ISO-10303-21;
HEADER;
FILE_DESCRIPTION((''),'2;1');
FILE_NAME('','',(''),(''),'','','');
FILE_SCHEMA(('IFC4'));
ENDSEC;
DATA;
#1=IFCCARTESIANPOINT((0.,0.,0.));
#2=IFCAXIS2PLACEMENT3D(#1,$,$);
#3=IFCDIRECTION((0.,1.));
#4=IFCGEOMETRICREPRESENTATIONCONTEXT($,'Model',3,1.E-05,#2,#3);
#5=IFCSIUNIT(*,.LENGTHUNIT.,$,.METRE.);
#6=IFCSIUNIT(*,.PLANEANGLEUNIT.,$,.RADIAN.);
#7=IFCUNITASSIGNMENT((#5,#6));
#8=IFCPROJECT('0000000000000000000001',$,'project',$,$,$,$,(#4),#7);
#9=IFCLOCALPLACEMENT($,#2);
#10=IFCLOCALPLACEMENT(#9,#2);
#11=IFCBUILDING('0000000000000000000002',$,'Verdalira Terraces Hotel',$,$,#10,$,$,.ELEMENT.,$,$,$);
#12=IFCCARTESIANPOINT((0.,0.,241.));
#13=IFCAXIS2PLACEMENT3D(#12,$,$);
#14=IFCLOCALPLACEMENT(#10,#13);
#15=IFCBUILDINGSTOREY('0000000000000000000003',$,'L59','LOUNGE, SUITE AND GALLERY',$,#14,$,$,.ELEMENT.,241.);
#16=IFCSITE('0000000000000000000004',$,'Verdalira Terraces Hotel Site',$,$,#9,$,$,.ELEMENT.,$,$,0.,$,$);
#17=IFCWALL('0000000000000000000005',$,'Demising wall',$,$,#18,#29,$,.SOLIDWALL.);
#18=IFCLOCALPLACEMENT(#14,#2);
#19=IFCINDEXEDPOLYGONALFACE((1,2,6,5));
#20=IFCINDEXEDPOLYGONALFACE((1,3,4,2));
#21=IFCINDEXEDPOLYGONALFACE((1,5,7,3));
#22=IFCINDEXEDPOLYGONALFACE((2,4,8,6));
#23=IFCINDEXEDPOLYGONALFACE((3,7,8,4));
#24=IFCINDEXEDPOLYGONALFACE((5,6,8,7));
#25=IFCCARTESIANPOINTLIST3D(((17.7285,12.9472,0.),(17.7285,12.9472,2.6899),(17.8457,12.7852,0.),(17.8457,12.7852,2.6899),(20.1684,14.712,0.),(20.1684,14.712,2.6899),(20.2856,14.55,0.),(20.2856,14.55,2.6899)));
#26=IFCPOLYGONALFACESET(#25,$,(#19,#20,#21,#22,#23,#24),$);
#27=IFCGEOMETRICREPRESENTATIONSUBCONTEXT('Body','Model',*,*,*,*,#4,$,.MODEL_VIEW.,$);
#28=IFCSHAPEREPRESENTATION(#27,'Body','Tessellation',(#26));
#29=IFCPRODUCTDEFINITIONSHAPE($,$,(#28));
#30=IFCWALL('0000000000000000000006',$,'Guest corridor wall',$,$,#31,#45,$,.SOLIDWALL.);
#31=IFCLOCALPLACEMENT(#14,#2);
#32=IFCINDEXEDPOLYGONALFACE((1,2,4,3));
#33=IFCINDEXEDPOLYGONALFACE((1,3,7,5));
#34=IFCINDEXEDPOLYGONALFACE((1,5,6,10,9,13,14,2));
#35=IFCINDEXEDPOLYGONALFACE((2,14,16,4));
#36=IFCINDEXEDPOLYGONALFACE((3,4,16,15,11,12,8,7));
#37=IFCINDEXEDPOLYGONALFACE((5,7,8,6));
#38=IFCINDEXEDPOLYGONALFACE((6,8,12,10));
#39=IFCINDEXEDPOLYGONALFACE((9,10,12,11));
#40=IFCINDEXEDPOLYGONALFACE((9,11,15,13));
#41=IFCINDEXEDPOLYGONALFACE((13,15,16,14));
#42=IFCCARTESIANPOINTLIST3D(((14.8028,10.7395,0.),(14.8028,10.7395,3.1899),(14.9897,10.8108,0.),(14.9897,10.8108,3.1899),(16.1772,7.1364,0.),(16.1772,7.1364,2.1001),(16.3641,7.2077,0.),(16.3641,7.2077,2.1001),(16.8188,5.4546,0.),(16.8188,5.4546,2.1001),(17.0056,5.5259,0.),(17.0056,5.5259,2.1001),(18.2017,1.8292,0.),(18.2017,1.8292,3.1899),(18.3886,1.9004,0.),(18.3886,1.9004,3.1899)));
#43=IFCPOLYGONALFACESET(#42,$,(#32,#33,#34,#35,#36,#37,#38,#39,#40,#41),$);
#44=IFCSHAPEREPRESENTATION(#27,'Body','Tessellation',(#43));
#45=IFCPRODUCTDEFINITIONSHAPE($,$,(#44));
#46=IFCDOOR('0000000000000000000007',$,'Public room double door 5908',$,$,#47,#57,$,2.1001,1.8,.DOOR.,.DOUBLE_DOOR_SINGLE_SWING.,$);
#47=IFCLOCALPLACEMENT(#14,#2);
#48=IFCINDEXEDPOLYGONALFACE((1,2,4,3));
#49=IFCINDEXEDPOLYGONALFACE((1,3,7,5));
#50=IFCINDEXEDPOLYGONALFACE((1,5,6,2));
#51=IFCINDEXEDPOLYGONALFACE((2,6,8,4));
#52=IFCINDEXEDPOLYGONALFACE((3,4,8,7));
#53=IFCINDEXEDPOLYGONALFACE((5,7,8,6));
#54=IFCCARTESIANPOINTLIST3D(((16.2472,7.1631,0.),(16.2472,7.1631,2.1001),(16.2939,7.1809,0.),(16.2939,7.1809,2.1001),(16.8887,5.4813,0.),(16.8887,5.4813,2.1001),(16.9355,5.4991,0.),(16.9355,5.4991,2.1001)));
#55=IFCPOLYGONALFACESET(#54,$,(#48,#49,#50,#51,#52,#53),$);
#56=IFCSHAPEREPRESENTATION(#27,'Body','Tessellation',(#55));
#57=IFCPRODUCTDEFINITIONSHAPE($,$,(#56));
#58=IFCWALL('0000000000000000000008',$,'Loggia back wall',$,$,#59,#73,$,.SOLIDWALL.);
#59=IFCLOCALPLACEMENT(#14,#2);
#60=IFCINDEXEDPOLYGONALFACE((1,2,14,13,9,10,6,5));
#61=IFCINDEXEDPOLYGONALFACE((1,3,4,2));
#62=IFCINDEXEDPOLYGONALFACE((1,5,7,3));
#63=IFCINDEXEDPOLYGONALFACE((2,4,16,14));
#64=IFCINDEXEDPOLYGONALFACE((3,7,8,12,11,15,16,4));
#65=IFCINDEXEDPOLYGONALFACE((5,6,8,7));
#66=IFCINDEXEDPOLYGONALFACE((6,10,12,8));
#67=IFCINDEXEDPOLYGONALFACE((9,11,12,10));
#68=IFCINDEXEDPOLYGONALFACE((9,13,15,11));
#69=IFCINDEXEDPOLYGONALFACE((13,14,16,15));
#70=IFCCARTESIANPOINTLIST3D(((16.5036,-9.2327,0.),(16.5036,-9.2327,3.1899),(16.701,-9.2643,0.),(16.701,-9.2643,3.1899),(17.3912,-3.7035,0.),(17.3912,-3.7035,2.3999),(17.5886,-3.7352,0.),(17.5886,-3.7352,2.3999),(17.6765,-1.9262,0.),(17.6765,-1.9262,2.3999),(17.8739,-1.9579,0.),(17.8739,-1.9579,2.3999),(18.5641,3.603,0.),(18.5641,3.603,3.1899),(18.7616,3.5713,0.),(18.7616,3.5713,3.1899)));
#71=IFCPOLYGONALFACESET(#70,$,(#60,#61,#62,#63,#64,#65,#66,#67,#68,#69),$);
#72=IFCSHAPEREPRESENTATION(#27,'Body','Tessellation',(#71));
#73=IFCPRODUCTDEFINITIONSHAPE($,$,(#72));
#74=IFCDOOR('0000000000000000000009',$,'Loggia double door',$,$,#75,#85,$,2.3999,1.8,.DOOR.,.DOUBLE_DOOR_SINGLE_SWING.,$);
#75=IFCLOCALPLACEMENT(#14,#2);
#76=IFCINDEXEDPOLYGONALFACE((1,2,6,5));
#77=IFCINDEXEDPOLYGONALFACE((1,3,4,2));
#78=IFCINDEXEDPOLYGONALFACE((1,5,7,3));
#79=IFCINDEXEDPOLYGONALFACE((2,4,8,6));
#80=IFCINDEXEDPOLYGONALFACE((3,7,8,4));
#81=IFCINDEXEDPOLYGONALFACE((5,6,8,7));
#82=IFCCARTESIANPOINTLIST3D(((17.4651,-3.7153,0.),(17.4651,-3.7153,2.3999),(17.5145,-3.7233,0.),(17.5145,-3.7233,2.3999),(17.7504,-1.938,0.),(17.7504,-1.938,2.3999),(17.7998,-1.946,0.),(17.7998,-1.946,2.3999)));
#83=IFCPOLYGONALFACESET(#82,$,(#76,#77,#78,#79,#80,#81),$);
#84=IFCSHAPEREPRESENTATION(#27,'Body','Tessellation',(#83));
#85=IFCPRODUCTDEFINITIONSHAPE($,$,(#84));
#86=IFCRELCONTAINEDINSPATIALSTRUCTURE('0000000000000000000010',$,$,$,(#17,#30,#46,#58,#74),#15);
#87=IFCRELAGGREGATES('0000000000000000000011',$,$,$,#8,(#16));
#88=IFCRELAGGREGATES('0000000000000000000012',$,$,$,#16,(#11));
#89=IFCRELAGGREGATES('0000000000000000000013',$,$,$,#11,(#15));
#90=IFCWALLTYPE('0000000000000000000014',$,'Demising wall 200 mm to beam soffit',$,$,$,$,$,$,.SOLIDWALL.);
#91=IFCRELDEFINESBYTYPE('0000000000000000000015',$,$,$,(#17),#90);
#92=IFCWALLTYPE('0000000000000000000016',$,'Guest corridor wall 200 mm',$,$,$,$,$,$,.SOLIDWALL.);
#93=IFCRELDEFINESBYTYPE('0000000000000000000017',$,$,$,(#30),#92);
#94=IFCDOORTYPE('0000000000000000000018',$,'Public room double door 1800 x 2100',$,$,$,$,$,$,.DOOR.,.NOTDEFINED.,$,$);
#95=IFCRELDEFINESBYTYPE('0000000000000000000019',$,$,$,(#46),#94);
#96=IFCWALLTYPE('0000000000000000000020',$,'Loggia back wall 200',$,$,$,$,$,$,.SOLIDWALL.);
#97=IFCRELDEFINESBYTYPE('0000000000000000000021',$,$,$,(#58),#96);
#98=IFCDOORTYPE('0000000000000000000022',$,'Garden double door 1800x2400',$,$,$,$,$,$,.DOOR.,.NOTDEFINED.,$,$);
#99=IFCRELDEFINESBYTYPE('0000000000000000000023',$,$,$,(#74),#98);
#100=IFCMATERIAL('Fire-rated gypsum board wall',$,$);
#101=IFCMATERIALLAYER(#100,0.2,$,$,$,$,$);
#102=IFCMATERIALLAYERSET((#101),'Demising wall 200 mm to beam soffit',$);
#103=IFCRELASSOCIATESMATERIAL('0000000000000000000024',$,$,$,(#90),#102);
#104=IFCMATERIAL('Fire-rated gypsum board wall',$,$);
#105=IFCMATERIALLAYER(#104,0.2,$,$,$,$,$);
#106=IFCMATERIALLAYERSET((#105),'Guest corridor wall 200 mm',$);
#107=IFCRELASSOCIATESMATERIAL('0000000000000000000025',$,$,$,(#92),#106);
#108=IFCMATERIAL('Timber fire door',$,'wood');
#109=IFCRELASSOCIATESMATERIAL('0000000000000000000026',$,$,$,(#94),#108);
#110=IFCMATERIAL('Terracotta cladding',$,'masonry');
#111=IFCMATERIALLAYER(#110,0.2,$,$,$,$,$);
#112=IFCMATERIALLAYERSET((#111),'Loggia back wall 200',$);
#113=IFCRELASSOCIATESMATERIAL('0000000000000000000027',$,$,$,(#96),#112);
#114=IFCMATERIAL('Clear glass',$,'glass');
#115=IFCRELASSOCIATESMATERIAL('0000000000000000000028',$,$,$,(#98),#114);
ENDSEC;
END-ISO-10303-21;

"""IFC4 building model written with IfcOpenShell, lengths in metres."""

from ifc_helpers import new_model, si_unit, direction, frame, frame_2d, origin, place, context, subcontext, project, spatial, rectangle, extrude, material, layer, layer_set, type_object, element, fill, save


model = new_model("IFC4")

# Units and contexts
model_context = context("Model", 3, precision=1e-05, world=origin(), true_north=direction((0.0, 1.0)))
body_context = subcontext(model_context, "Body", "Model", "MODEL_VIEW")
ifc_project = project(units=[si_unit("LENGTHUNIT", "METRE"), si_unit("PLANEANGLEUNIT", "RADIAN")], contexts=[model_context])

# Site, building, storey
site_placement = place(None, origin())
site = spatial("IfcSite", under=ifc_project, at=site_placement, Name="Verdalira Terraces Hotel Site", CompositionType="ELEMENT", RefElevation=0.0)
building_placement = place(site_placement, origin())
building = spatial("IfcBuilding", under=site, at=building_placement, Name="Verdalira Terraces Hotel", CompositionType="ELEMENT")
storey_placement = place(building_placement, frame((0.0, 0.0, 241.0)))
storey = spatial("IfcBuildingStorey", under=building, at=storey_placement, Name="L59", Description="LOUNGE, SUITE AND GALLERY", CompositionType="ELEMENT", Elevation=241.0)

# Wall
ifc_material_1 = material(Name="Fire-rated gypsum board wall")
ifc_layer_1 = layer(ifc_material_1, 0.2)
ifc_layer_set_1 = layer_set([ifc_layer_1], Name="Demising wall 200 mm to beam soffit")
wall_type_1 = type_object("IfcWallType", Name="Demising wall 200 mm to beam soffit", PredefinedType="SOLIDWALL", material=ifc_layer_set_1)
wall_1_placement = place(storey_placement, frame((17.7871, 12.8662, 0.0), z_axis=(0.0, 0.0, 1.0), x_axis=(0.810251, 0.586082, 0.0)))
element("IfcWall", 1, at=wall_1_placement, inside=storey, type_object=wall_type_1, Name="Demising wall", PredefinedType="SOLIDWALL", context=body_context, shape_type="SweptSolid", body=[
    extrude(rectangle(XDim=3.0112, YDim=0.2, at=frame_2d((1.5056, 0.0))), origin(), (0.0, 0.0, 1.0), 2.6899),
])

# Walls, openings, doors
ifc_material_2 = material(Name="Fire-rated gypsum board wall")
ifc_layer_2 = layer(ifc_material_2, 0.2)
ifc_layer_set_2 = layer_set([ifc_layer_2], Name="Guest corridor wall 200 mm")
wall_type_2 = type_object("IfcWallType", Name="Guest corridor wall 200 mm", PredefinedType="SOLIDWALL", material=ifc_layer_set_2)
wall_2_placement = place(storey_placement, frame((14.8962, 10.7751, 0.0), z_axis=(0.0, 0.0, 1.0), x_axis=(0.356406, -0.934331, 0.0)))
wall_2 = element("IfcWall", 2, at=wall_2_placement, inside=storey, type_object=wall_type_2, Name="Guest corridor wall", PredefinedType="SOLIDWALL", context=body_context, shape_type="SweptSolid", body=[
    extrude(rectangle(XDim=9.5366, YDim=0.2, at=frame_2d((4.7683, 0.0))), origin(), (0.0, 0.0, 1.0), 3.1899),
])
opening_1_placement = place(wall_2_placement, frame((3.8564, 0.0, 0.0)))
opening_1 = element("IfcOpeningElement", 3, at=opening_1_placement, cuts=wall_2, PredefinedType="OPENING", context=body_context, shape_type="SweptSolid", body=[
    extrude(rectangle(XDim=1.8, YDim=2.1001, at=frame_2d((0.8999, 1.05))), frame((0.0, 0.1099, 0.0), z_axis=(0.0, -1.0, 0.0), x_axis=(1.0, 0.0, 0.0)), (0.0, 0.0, 1.0), 0.22),
])
ifc_material_3 = material(Name="Timber fire door", Category="wood")
door_type_1 = type_object("IfcDoorType", Name="Public room double door 1800 x 2100", OperationType="NOTDEFINED", PredefinedType="DOOR", material=ifc_material_3)
door_1_placement = place(opening_1_placement, origin())
door_1 = element("IfcDoor", 4, at=door_1_placement, inside=storey, type_object=door_type_1, Name="Public room double door 5908", OperationType="DOUBLE_DOOR_SINGLE_SWING", OverallHeight=2.1001, OverallWidth=1.8, PredefinedType="DOOR", context=body_context, shape_type="SweptSolid", body=[
    extrude(rectangle(XDim=1.8, YDim=2.1001, at=frame_2d((0.8999, 1.05))), frame((0.0, 0.0249, 0.0), z_axis=(0.0, -1.0, 0.0), x_axis=(1.0, 0.0, 0.0)), (0.0, 0.0, 1.0), 0.05),
])
fill(opening_1, door_1)
ifc_material_4 = material(Name="Terracotta cladding", Category="masonry")
ifc_layer_3 = layer(ifc_material_4, 0.2)
ifc_layer_set_3 = layer_set([ifc_layer_3], Name="Loggia back wall 200")
wall_type_3 = type_object("IfcWallType", Name="Loggia back wall 200", PredefinedType="SOLIDWALL", material=ifc_layer_set_3)
wall_3_placement = place(storey_placement, frame((18.6628, 3.5872, 0.0), z_axis=(0.0, 0.0, 1.0), x_axis=(-0.158503, -0.987358, 0.0)))
wall_3 = element("IfcWall", 5, at=wall_3_placement, inside=storey, type_object=wall_type_3, Name="Loggia back wall", PredefinedType="SOLIDWALL", context=body_context, shape_type="SweptSolid", body=[
    extrude(rectangle(XDim=13.0, YDim=0.2, at=frame_2d((6.5, 0.0))), origin(), (0.0, 0.0, 1.0), 3.1899),
])
opening_2_placement = place(wall_3_placement, frame((5.6001, 0.0, 0.0)))
opening_2 = element("IfcOpeningElement", 6, at=opening_2_placement, cuts=wall_3, PredefinedType="OPENING", context=body_context, shape_type="SweptSolid", body=[
    extrude(rectangle(XDim=1.8, YDim=2.3999, at=frame_2d((0.8999, 1.2))), frame((0.0, 0.1099, 0.0), z_axis=(0.0, -1.0, 0.0), x_axis=(1.0, 0.0, 0.0)), (0.0, 0.0, 1.0), 0.22),
])
ifc_material_5 = material(Name="Clear glass", Category="glass")
door_type_2 = type_object("IfcDoorType", Name="Garden double door 1800x2400", OperationType="NOTDEFINED", PredefinedType="DOOR", material=ifc_material_5)
door_2_placement = place(opening_2_placement, origin())
door_2 = element("IfcDoor", 7, at=door_2_placement, inside=storey, type_object=door_type_2, Name="Loggia double door", OperationType="DOUBLE_DOOR_SINGLE_SWING", OverallHeight=2.3999, OverallWidth=1.8, PredefinedType="DOOR", context=body_context, shape_type="SweptSolid", body=[
    extrude(rectangle(XDim=1.8, YDim=2.3999, at=frame_2d((0.8999, 1.2))), frame((0.0, 0.0249, 0.0), z_axis=(0.0, -1.0, 0.0), x_axis=(1.0, 0.0, 0.0)), (0.0, 0.0, 1.0), 0.05),
])
fill(opening_2, door_2)

save(model, "model.ifc")
